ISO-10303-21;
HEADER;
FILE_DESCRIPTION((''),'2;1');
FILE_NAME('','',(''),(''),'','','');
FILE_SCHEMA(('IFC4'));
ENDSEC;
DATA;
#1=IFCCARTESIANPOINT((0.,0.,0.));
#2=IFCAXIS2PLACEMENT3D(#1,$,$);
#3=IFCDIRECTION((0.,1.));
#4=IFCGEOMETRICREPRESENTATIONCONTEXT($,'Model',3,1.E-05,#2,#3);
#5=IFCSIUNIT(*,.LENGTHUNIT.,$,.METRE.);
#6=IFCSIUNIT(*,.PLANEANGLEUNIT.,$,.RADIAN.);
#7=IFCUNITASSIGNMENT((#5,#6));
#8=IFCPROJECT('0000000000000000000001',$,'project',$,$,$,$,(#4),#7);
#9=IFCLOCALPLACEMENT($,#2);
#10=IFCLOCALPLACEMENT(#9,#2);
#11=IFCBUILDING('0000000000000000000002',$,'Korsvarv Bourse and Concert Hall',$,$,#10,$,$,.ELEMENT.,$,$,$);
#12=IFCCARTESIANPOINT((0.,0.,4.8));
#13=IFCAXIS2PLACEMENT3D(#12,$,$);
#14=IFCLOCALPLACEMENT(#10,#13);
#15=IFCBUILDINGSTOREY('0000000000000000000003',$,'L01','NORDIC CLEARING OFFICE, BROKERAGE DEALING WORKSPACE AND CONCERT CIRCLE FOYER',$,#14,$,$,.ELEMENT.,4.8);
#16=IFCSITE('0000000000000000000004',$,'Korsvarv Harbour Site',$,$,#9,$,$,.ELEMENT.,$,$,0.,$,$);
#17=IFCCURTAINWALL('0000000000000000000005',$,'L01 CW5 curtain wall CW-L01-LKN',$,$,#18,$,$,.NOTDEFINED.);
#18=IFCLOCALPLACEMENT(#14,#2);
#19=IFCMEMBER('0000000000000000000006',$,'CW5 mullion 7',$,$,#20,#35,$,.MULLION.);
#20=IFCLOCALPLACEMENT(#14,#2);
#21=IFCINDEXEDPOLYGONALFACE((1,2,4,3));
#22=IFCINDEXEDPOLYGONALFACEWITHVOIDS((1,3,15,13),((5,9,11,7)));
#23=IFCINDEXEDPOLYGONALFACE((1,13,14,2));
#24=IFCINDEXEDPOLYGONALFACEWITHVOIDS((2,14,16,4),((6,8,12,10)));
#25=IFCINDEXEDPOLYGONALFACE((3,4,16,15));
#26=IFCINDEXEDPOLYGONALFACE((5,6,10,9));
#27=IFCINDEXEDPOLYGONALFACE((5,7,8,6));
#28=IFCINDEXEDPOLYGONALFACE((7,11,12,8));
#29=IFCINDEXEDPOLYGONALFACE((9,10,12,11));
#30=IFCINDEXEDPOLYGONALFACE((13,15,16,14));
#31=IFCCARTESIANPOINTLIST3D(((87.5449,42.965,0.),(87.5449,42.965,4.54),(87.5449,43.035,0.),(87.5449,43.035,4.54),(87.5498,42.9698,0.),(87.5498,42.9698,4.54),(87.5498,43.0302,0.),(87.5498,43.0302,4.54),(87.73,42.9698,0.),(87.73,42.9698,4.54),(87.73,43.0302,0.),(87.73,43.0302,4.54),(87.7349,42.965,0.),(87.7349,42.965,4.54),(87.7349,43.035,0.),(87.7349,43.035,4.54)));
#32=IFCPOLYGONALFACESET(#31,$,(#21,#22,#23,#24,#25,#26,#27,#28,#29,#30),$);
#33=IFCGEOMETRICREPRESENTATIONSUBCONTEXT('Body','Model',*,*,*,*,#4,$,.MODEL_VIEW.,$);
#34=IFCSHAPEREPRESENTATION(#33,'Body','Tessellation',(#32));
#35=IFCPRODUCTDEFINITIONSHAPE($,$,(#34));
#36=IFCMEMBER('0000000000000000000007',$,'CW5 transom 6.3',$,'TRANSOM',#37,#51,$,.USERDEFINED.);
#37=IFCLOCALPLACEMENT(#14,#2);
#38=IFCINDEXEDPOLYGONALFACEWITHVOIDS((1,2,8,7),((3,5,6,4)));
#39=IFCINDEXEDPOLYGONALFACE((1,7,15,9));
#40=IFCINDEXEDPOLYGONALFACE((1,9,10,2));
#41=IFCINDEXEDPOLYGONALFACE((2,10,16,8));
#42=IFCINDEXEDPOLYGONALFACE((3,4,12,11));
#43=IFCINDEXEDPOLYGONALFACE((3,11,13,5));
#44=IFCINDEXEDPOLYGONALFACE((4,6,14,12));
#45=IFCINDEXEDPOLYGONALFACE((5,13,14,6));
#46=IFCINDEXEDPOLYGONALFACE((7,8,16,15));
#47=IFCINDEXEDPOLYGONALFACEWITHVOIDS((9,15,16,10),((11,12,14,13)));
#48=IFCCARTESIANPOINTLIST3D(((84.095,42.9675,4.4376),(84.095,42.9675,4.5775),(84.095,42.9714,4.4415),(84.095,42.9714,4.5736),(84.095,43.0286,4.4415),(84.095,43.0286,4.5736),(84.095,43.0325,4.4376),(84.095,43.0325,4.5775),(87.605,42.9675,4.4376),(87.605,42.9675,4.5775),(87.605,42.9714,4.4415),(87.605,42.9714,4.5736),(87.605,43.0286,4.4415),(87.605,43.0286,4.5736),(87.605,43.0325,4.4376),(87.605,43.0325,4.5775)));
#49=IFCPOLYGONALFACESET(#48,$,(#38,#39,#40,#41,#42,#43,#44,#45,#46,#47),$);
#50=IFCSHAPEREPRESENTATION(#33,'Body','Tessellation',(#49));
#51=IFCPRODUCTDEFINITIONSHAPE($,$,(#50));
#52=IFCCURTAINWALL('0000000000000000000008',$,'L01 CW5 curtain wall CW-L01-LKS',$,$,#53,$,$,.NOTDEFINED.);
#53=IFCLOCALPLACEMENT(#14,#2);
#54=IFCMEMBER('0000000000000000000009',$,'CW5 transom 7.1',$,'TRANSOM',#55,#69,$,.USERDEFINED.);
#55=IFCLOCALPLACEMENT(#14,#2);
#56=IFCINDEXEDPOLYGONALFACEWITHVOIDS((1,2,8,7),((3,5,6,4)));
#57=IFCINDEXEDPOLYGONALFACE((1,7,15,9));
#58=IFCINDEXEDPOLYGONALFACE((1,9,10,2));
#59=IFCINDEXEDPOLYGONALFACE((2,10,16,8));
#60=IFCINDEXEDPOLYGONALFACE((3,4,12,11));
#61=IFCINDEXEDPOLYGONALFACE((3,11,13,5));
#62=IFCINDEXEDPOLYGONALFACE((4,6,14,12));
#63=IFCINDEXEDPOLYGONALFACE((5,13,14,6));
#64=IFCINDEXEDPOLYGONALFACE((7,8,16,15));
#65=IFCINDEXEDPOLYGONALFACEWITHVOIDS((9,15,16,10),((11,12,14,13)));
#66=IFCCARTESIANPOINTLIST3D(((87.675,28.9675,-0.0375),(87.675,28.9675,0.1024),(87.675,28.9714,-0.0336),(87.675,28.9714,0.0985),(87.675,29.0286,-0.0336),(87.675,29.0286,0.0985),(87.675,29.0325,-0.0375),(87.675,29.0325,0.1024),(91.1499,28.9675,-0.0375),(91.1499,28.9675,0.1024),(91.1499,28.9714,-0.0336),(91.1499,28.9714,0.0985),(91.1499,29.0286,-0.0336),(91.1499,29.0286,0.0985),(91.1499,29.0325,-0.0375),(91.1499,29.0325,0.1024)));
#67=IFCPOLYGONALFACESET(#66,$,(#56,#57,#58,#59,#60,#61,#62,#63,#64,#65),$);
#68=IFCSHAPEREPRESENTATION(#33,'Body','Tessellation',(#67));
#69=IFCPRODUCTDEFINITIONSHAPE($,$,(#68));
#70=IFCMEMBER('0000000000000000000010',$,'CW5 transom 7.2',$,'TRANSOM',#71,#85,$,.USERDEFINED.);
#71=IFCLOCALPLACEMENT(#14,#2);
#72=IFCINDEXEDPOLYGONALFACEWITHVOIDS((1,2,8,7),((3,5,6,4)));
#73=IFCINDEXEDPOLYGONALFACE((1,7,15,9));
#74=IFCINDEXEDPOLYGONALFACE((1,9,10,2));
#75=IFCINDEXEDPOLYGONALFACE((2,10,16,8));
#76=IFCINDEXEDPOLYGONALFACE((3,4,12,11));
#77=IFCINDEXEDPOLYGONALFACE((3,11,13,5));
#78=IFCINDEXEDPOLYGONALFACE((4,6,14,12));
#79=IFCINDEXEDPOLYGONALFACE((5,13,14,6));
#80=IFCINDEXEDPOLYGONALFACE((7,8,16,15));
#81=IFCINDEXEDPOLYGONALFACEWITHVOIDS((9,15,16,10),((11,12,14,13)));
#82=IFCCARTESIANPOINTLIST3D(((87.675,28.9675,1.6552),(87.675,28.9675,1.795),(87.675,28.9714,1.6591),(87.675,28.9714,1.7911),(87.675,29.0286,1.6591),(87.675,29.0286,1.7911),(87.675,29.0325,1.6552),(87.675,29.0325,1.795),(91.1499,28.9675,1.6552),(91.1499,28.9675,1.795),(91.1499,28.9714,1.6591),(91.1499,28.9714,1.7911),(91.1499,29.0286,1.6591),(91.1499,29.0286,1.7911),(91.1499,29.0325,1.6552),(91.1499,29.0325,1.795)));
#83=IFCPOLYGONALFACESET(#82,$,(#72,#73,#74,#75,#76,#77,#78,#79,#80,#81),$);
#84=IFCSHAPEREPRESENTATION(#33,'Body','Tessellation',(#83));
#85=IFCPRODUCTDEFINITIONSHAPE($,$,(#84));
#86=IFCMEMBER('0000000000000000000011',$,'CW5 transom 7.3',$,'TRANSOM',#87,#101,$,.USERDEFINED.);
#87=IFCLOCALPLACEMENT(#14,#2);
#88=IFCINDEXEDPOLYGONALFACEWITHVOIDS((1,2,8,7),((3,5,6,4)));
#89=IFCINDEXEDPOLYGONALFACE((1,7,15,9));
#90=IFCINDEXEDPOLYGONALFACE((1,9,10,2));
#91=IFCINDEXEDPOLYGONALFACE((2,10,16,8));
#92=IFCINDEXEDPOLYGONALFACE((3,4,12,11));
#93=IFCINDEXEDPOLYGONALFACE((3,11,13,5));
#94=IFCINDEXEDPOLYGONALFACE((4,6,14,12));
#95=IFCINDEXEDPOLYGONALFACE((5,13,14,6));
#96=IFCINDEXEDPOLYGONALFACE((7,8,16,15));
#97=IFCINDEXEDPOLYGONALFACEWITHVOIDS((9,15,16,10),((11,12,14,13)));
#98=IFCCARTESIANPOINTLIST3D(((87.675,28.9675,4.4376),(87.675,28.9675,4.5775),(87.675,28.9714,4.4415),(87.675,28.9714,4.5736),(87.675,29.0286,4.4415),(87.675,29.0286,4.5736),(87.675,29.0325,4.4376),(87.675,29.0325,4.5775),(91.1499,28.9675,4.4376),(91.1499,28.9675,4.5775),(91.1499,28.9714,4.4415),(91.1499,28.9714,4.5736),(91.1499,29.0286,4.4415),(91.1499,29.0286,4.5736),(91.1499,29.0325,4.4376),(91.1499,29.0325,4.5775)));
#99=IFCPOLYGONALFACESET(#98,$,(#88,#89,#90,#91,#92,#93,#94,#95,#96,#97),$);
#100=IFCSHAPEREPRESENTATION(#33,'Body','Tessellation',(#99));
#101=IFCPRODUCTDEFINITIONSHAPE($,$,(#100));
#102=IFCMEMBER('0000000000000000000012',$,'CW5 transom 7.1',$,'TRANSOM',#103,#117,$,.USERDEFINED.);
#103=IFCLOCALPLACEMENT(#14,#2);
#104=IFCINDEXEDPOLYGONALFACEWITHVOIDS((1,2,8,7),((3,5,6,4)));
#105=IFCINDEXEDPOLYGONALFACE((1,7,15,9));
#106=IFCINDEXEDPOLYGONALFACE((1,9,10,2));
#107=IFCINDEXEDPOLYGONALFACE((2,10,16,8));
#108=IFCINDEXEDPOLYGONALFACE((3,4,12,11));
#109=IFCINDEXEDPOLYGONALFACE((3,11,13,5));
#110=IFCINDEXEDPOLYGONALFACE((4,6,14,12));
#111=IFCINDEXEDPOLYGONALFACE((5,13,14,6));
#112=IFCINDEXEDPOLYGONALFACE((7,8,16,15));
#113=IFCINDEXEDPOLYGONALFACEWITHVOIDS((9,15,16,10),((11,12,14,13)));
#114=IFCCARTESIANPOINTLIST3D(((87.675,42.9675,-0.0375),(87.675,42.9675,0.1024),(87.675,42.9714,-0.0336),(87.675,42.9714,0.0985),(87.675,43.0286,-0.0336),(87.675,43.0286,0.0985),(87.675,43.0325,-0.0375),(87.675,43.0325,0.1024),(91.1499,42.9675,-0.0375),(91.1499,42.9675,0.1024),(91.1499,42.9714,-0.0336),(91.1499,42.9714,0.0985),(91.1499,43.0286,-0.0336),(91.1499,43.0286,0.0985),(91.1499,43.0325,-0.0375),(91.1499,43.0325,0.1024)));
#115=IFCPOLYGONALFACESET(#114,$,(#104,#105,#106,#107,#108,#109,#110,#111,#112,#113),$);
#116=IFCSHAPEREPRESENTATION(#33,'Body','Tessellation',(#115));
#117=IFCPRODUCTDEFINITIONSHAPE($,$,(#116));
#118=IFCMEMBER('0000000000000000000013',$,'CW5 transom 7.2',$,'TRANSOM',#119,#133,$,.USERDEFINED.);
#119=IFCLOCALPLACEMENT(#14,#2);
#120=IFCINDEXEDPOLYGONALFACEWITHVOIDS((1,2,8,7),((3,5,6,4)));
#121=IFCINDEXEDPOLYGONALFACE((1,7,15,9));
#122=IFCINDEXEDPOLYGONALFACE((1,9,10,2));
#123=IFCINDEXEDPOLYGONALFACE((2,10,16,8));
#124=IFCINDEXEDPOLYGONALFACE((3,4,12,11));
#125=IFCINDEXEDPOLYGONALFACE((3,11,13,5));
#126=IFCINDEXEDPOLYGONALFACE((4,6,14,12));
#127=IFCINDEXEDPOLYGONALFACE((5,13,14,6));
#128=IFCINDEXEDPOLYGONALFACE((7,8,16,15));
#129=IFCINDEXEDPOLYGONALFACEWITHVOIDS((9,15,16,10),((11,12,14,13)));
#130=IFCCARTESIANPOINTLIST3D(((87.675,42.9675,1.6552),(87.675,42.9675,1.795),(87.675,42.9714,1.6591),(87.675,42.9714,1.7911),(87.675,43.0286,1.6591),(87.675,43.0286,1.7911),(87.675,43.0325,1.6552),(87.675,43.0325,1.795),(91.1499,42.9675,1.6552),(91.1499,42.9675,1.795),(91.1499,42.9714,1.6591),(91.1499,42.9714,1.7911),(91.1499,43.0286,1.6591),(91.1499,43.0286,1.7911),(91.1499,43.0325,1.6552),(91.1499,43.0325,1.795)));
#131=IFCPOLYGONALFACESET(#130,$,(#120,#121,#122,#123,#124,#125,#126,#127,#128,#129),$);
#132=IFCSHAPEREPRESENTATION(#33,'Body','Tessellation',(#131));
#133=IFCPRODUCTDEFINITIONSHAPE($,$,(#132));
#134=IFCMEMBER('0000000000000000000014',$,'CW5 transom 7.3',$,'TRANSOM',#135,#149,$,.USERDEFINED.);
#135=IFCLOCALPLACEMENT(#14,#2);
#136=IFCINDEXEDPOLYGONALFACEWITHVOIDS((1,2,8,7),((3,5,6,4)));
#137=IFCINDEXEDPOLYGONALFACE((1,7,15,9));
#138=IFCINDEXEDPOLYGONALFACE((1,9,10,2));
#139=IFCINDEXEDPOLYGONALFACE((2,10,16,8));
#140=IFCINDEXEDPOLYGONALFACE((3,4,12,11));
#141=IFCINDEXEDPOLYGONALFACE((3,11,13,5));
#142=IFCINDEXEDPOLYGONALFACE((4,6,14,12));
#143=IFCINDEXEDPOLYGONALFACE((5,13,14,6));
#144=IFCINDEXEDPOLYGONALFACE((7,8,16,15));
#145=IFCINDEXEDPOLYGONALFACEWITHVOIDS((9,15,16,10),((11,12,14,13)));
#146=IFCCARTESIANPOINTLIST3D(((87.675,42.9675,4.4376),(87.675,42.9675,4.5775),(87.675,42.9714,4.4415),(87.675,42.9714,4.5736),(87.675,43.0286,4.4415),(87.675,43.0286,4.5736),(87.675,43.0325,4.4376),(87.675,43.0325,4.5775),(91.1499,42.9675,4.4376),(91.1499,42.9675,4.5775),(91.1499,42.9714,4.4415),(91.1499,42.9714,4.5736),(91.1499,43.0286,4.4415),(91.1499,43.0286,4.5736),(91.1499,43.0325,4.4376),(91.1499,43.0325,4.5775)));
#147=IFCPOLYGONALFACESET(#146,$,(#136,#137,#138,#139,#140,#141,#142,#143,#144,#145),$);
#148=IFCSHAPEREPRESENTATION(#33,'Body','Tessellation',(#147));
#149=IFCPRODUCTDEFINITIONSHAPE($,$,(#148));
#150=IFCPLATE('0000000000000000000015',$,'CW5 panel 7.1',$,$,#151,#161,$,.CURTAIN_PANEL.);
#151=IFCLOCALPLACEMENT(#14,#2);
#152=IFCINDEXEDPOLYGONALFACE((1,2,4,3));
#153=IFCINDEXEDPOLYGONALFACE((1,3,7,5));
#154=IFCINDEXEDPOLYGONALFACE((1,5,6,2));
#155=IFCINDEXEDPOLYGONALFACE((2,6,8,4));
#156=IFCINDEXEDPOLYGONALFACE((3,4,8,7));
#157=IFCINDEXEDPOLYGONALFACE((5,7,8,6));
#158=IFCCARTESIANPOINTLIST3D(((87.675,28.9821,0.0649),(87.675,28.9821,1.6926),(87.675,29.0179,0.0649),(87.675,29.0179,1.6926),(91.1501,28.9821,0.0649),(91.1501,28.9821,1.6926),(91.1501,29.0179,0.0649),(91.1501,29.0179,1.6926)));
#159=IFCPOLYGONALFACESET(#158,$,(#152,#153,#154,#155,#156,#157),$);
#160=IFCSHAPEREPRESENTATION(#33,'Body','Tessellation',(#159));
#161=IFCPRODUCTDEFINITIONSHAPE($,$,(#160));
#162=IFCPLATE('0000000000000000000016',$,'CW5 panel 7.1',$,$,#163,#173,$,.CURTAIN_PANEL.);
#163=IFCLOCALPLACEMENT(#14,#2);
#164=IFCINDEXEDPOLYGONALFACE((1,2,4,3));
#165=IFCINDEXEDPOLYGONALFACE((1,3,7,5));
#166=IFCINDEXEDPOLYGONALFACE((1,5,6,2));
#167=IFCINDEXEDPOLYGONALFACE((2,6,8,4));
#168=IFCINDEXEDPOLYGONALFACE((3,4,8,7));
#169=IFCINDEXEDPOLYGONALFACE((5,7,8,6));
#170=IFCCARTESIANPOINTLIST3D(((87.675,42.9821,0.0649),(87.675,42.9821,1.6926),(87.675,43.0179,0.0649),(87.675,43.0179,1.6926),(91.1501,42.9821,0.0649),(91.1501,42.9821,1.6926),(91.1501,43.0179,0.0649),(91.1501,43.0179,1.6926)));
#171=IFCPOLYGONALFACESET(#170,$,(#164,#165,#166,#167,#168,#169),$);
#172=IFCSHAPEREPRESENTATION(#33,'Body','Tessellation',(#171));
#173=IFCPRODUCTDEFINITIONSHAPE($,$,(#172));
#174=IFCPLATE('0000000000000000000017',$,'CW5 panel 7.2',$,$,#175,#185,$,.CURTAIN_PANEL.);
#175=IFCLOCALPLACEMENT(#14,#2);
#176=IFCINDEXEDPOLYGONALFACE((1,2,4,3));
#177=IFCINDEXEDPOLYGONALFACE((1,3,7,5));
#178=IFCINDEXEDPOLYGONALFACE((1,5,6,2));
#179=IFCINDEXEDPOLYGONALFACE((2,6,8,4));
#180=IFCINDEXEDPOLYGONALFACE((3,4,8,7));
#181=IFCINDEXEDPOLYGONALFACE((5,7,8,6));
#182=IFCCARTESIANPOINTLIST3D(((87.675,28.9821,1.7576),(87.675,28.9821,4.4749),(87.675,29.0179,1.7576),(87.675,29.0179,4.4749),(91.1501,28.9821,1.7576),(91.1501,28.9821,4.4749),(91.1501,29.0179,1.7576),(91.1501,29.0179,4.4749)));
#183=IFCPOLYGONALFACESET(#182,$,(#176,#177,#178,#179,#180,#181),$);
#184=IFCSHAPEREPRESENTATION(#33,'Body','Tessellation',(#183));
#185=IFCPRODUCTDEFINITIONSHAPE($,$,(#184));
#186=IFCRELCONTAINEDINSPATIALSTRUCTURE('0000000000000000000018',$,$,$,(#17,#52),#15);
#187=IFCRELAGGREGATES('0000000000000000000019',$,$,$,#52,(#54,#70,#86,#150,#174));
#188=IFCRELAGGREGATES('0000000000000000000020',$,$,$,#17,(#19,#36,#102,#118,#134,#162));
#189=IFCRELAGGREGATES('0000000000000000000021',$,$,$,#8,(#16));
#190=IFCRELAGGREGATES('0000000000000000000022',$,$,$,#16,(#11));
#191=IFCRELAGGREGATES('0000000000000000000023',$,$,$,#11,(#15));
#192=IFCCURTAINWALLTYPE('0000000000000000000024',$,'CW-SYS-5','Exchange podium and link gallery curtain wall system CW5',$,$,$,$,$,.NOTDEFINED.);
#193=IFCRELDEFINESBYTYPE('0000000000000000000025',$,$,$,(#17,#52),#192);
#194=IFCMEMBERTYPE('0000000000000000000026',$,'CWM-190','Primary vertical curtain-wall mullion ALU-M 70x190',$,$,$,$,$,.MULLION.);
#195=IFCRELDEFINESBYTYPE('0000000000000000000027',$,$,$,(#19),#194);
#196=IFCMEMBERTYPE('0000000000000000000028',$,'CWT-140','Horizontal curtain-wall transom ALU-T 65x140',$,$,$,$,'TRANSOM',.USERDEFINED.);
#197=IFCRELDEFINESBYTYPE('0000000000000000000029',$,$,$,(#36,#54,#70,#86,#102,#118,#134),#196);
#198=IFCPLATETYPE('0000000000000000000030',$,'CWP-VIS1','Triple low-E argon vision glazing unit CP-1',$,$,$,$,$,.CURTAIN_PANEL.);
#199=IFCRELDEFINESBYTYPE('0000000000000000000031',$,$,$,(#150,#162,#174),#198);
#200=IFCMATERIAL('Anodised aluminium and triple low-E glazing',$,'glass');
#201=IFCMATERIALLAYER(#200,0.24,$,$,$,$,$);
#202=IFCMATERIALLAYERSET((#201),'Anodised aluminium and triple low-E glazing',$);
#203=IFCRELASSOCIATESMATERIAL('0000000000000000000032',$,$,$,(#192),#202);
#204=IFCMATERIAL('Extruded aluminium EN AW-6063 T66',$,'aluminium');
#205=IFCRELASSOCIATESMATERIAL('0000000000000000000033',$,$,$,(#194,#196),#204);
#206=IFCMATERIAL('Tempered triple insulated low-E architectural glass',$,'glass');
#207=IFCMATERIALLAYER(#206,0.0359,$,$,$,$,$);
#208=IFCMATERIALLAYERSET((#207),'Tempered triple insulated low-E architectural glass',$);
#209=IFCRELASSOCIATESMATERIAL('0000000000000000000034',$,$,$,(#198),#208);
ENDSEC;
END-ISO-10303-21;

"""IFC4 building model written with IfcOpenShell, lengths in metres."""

from ifc_helpers import new_model, si_unit, direction, frame, origin, origin_2d, place, context, subcontext, project, spatial, rectangle, hollow_rectangle, extrude, source, transform, mapped, material, layer, layer_set, material_profile, profile_set, type_object, element, aggregate, save


model = new_model("IFC4")

# Units and contexts
model_context = context("Model", 3, precision=1e-05, world=origin(), true_north=direction((0.0, 1.0)))
body_context = subcontext(model_context, "Body", "Model", "MODEL_VIEW")
ifc_project = project(units=[si_unit("LENGTHUNIT", "METRE"), si_unit("PLANEANGLEUNIT", "RADIAN")], contexts=[model_context])

# Site, building, storey
site_placement = place(None, origin())
site = spatial("IfcSite", under=ifc_project, at=site_placement, Name="Korsvarv Harbour Site", CompositionType="ELEMENT", RefElevation=0.0)
building_placement = place(site_placement, origin())
building = spatial("IfcBuilding", under=site, at=building_placement, Name="Korsvarv Bourse and Concert Hall", CompositionType="ELEMENT")
storey_placement = place(building_placement, frame((0.0, 0.0, 4.8)))
storey = spatial("IfcBuildingStorey", under=building, at=storey_placement, Name="L01", Description="NORDIC CLEARING OFFICE, BROKERAGE DEALING WORKSPACE AND CONCERT CIRCLE FOYER", CompositionType="ELEMENT", Elevation=4.8)

# Curtain walls, members
ifc_material_1 = material(Name="Anodised aluminium and triple low-E glazing", Category="glass")
ifc_layer_1 = layer(ifc_material_1, 0.24)
ifc_layer_set_1 = layer_set([ifc_layer_1], Name="Anodised aluminium and triple low-E glazing")
curtain_wall_type = type_object("IfcCurtainWallType", Name="CW-SYS-5", Description="Exchange podium and link gallery curtain wall system CW5", PredefinedType="NOTDEFINED", material=ifc_layer_set_1)
curtain_wall_1_placement = place(storey_placement, origin())
curtain_wall_1 = element("IfcCurtainWall", 1, at=curtain_wall_1_placement, inside=storey, type_object=curtain_wall_type, Name="L01 CW5 curtain wall CW-L01-LKN", PredefinedType="NOTDEFINED")
ifc_material_2 = material(Name="Extruded aluminium EN AW-6063 T66", Category="aluminium")
ifc_material_profile_1 = material_profile(ifc_material_2, hollow_rectangle(XDim=0.0701, YDim=0.1899, WallThickness=0.0049, at=origin_2d()), Name="ALU-M 70x190")
ifc_profile_set_1 = profile_set([ifc_material_profile_1], Name="Extruded aluminium EN AW-6063 T66")
member_type_1 = type_object("IfcMemberType", Name="CWM-190", Description="Primary vertical curtain-wall mullion ALU-M 70x190", PredefinedType="MULLION", material=ifc_profile_set_1)
shared_shape_1 = source(origin(), body_context, "Body", "SweptSolid", [
    extrude(hollow_rectangle(XDim=0.0701, YDim=0.1899, WallThickness=0.0049, at=origin_2d()), origin(), (0.0, 0.0, 1.0), 4.54),
])
member_1_placement = place(storey_placement, frame((87.6399, 43.0, 0.0), z_axis=(0.0, 0.0, 1.0), x_axis=(0.0, 1.0, 0.0)))
member_1 = element("IfcMember", 2, at=member_1_placement, type_object=member_type_1, Name="CW5 mullion 7", PredefinedType="MULLION", context=body_context, shape_type="MappedRepresentation", body=[
    mapped(shared_shape_1, transform((0.0, 0.0, 0.0), scale=1.0)),
])
ifc_material_profile_2 = material_profile(ifc_material_2, hollow_rectangle(XDim=0.0649, YDim=0.1399, WallThickness=0.0039, at=origin_2d()), Name="ALU-T 65x140")
ifc_profile_set_2 = profile_set([ifc_material_profile_2], Name="Extruded aluminium EN AW-6063 T66")
member_type_2 = type_object("IfcMemberType", Name="CWT-140", Description="Horizontal curtain-wall transom ALU-T 65x140", ElementType="TRANSOM", PredefinedType="USERDEFINED", material=ifc_profile_set_2)
shared_shape_2 = source(origin(), body_context, "Body", "SweptSolid", [
    extrude(hollow_rectangle(XDim=0.0649, YDim=0.1399, WallThickness=0.0039, at=origin_2d()), origin(), (0.0, 0.0, 1.0), 3.51),
])
member_2_placement = place(storey_placement, frame((84.095, 43.0, 4.5076), z_axis=(1.0, 0.0, 0.0), x_axis=(0.0, 1.0, 0.0)))
member_2 = element("IfcMember", 3, at=member_2_placement, type_object=member_type_2, Name="CW5 transom 6.3", ObjectType="TRANSOM", PredefinedType="USERDEFINED", context=body_context, shape_type="MappedRepresentation", body=[
    mapped(shared_shape_2, transform((0.0, 0.0, 0.0), scale=1.0)),
])
curtain_wall_2_placement = place(storey_placement, origin())
curtain_wall_2 = element("IfcCurtainWall", 4, at=curtain_wall_2_placement, inside=storey, type_object=curtain_wall_type, Name="L01 CW5 curtain wall CW-L01-LKS", PredefinedType="NOTDEFINED")
shared_shape_3 = source(origin(), body_context, "Body", "SweptSolid", [
    extrude(hollow_rectangle(XDim=0.0649, YDim=0.1399, WallThickness=0.0039, at=origin_2d()), origin(), (0.0, 0.0, 1.0), 3.4749),
])
member_3_placement = place(storey_placement, frame((87.675, 29.0, 0.0325), z_axis=(1.0, 0.0, 0.0), x_axis=(0.0, 1.0, 0.0)))
member_3 = element("IfcMember", 5, at=member_3_placement, type_object=member_type_2, Name="CW5 transom 7.1", ObjectType="TRANSOM", PredefinedType="USERDEFINED", context=body_context, shape_type="MappedRepresentation", body=[
    mapped(shared_shape_3, transform((0.0, 0.0, 0.0), scale=1.0)),
])
member_4_placement = place(storey_placement, frame((87.675, 29.0, 1.7251), z_axis=(1.0, 0.0, 0.0), x_axis=(0.0, 1.0, 0.0)))
member_4 = element("IfcMember", 6, at=member_4_placement, type_object=member_type_2, Name="CW5 transom 7.2", ObjectType="TRANSOM", PredefinedType="USERDEFINED", context=body_context, shape_type="MappedRepresentation", body=[
    mapped(shared_shape_3, transform((0.0, 0.0, 0.0), scale=1.0)),
])
member_5_placement = place(storey_placement, frame((87.675, 29.0, 4.5076), z_axis=(1.0, 0.0, 0.0), x_axis=(0.0, 1.0, 0.0)))
member_5 = element("IfcMember", 7, at=member_5_placement, type_object=member_type_2, Name="CW5 transom 7.3", ObjectType="TRANSOM", PredefinedType="USERDEFINED", context=body_context, shape_type="MappedRepresentation", body=[
    mapped(shared_shape_3, transform((0.0, 0.0, 0.0), scale=1.0)),
])

# Members
member_6_placement = place(storey_placement, frame((87.675, 43.0, 0.0325), z_axis=(1.0, 0.0, 0.0), x_axis=(0.0, 1.0, 0.0)))
member_6 = element("IfcMember", 8, at=member_6_placement, type_object=member_type_2, Name="CW5 transom 7.1", ObjectType="TRANSOM", PredefinedType="USERDEFINED", context=body_context, shape_type="MappedRepresentation", body=[
    mapped(shared_shape_3, transform((0.0, 0.0, 0.0), scale=1.0)),
])
member_7_placement = place(storey_placement, frame((87.675, 43.0, 1.7251), z_axis=(1.0, 0.0, 0.0), x_axis=(0.0, 1.0, 0.0)))
member_7 = element("IfcMember", 9, at=member_7_placement, type_object=member_type_2, Name="CW5 transom 7.2", ObjectType="TRANSOM", PredefinedType="USERDEFINED", context=body_context, shape_type="MappedRepresentation", body=[
    mapped(shared_shape_3, transform((0.0, 0.0, 0.0), scale=1.0)),
])
member_8_placement = place(storey_placement, frame((87.675, 43.0, 4.5076), z_axis=(1.0, 0.0, 0.0), x_axis=(0.0, 1.0, 0.0)))
member_8 = element("IfcMember", 10, at=member_8_placement, type_object=member_type_2, Name="CW5 transom 7.3", ObjectType="TRANSOM", PredefinedType="USERDEFINED", context=body_context, shape_type="MappedRepresentation", body=[
    mapped(shared_shape_3, transform((0.0, 0.0, 0.0), scale=1.0)),
])

# Plates
ifc_material_3 = material(Name="Tempered triple insulated low-E architectural glass", Category="glass")
ifc_layer_2 = layer(ifc_material_3, 0.0359)
ifc_layer_set_2 = layer_set([ifc_layer_2], Name="Tempered triple insulated low-E architectural glass")
plate_type = type_object("IfcPlateType", Name="CWP-VIS1", Description="Triple low-E argon vision glazing unit CP-1", PredefinedType="CURTAIN_PANEL", material=ifc_layer_set_2)
shared_shape_4 = source(origin(), body_context, "Body", "SweptSolid", [
    extrude(rectangle(XDim=3.4751, YDim=0.0359, at=origin_2d()), origin(), (0.0, 0.0, 1.0), 1.6277),
])
plate_1_placement = place(storey_placement, frame((89.4126, 29.0, 0.0649), z_axis=(0.0, 0.0, 1.0), x_axis=(1.0, 0.0, 0.0)))
plate_1 = element("IfcPlate", 11, at=plate_1_placement, type_object=plate_type, Name="CW5 panel 7.1", PredefinedType="CURTAIN_PANEL", context=body_context, shape_type="MappedRepresentation", body=[
    mapped(shared_shape_4, transform((0.0, 0.0, 0.0), scale=1.0)),
])
plate_2_placement = place(storey_placement, frame((89.4126, 43.0, 0.0649), z_axis=(0.0, 0.0, 1.0), x_axis=(1.0, 0.0, 0.0)))
plate_2 = element("IfcPlate", 12, at=plate_2_placement, type_object=plate_type, Name="CW5 panel 7.1", PredefinedType="CURTAIN_PANEL", context=body_context, shape_type="MappedRepresentation", body=[
    mapped(shared_shape_4, transform((0.0, 0.0, 0.0), scale=1.0)),
])
shared_shape_5 = source(origin(), body_context, "Body", "SweptSolid", [
    extrude(rectangle(XDim=3.4751, YDim=0.0359, at=origin_2d()), origin(), (0.0, 0.0, 1.0), 2.7173),
])
plate_3_placement = place(storey_placement, frame((89.4126, 29.0, 1.7576), z_axis=(0.0, 0.0, 1.0), x_axis=(1.0, 0.0, 0.0)))
plate_3 = element("IfcPlate", 13, at=plate_3_placement, type_object=plate_type, Name="CW5 panel 7.2", PredefinedType="CURTAIN_PANEL", context=body_context, shape_type="MappedRepresentation", body=[
    mapped(shared_shape_5, transform((0.0, 0.0, 0.0), scale=1.0)),
])
aggregate(curtain_wall_2, [member_3, member_4, member_5, plate_1, plate_3])
aggregate(curtain_wall_1, [member_1, member_2, member_6, member_7, member_8, plate_2])

save(model, "model.ifc")
